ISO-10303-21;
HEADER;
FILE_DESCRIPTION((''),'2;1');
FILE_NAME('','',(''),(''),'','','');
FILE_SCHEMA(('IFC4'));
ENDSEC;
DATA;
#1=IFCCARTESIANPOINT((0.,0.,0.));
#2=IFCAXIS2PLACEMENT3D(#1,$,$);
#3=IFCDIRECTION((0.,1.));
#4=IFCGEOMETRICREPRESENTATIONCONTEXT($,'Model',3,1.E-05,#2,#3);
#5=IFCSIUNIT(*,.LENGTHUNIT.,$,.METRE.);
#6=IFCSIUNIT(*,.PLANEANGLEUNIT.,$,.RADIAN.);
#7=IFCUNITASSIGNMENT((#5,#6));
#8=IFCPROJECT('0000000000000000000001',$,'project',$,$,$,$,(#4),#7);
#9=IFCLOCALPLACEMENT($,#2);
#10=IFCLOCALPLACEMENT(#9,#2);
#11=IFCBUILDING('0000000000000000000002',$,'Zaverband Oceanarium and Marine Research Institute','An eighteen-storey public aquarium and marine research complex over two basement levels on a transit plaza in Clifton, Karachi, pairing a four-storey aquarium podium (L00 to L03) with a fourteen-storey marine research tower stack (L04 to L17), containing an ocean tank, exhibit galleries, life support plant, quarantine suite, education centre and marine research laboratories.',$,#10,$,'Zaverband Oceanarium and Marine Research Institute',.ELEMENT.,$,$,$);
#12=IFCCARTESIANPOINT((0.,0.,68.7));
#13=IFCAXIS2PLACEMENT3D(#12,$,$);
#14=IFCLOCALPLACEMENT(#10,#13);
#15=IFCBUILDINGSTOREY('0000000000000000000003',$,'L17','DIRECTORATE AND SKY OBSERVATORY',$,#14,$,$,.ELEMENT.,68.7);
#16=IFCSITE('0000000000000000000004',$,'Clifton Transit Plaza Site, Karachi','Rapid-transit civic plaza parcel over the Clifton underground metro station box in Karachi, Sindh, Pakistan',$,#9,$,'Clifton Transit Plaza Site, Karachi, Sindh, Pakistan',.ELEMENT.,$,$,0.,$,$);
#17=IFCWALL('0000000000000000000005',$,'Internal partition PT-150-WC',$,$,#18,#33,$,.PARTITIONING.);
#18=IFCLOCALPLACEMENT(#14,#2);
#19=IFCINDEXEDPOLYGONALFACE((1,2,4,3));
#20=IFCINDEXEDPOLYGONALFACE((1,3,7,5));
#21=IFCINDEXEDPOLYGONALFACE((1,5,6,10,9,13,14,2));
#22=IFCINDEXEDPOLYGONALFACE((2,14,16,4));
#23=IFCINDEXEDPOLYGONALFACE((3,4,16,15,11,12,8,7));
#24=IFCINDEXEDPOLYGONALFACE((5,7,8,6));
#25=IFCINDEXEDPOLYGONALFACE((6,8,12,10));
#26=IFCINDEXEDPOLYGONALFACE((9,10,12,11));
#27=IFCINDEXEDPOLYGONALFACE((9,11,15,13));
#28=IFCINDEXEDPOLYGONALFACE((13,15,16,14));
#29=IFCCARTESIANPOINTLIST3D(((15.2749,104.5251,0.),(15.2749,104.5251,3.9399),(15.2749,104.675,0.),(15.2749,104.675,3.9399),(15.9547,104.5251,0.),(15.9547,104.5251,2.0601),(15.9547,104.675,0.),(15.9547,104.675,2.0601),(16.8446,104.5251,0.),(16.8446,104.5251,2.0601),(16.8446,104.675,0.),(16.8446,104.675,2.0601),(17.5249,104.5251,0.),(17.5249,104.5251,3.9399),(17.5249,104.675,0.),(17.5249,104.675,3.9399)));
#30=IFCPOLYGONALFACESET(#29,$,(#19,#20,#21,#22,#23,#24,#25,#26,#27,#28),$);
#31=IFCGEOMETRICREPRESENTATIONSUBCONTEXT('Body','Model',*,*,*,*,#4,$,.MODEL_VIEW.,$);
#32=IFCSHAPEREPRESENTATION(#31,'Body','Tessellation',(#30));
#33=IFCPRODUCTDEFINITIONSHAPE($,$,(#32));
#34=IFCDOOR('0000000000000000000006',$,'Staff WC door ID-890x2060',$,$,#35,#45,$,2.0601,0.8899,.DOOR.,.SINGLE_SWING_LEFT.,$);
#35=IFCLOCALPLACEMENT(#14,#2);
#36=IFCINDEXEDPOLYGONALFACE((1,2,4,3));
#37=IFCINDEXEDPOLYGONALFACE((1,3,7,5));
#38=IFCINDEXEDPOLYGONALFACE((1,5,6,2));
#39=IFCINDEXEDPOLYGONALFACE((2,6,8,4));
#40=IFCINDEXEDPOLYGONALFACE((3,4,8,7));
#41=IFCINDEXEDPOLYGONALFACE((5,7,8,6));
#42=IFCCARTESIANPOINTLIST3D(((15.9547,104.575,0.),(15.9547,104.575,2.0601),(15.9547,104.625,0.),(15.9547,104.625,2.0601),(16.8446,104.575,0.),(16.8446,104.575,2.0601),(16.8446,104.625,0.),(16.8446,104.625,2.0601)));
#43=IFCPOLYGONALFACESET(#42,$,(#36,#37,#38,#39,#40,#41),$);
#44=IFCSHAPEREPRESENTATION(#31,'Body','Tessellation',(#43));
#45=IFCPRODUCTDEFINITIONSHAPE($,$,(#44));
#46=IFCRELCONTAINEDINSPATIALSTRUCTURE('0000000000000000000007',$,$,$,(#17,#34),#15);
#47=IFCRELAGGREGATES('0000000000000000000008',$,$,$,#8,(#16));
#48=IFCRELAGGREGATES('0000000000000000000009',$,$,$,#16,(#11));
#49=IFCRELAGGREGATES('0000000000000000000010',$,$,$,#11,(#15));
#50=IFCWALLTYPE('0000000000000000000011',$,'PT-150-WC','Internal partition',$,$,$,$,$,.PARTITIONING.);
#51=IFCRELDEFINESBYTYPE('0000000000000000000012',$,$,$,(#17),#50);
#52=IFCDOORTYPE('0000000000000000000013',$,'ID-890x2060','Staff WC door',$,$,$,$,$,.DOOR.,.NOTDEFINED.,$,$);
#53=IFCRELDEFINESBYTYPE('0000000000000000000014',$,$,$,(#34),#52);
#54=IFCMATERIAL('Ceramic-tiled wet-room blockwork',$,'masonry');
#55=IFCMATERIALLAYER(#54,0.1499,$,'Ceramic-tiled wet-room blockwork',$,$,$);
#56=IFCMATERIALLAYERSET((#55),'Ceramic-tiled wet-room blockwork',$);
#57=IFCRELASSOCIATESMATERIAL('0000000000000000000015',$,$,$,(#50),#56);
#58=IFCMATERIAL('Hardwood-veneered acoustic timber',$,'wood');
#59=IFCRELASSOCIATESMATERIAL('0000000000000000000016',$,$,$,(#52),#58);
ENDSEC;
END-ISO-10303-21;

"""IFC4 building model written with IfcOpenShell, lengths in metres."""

from ifc_helpers import new_model, si_unit, direction, frame, frame_2d, origin, place, context, subcontext, project, spatial, rectangle, extrude, material, layer, layer_set, type_object, element, fill, save


model = new_model("IFC4")

# Units and contexts
model_context = context("Model", 3, precision=1e-05, world=origin(), true_north=direction((0.0, 1.0)))
body_context = subcontext(model_context, "Body", "Model", "MODEL_VIEW")
ifc_project = project(units=[si_unit("LENGTHUNIT", "METRE"), si_unit("PLANEANGLEUNIT", "RADIAN")], contexts=[model_context])

# Site, building, storey
site_placement = place(None, origin())
site = spatial("IfcSite", under=ifc_project, at=site_placement, Name="Clifton Transit Plaza Site, Karachi", Description="Rapid-transit civic plaza parcel over the Clifton underground metro station box in Karachi, Sindh, Pakistan", LongName="Clifton Transit Plaza Site, Karachi, Sindh, Pakistan", CompositionType="ELEMENT", RefElevation=0.0)
building_placement = place(site_placement, origin())
building = spatial("IfcBuilding", under=site, at=building_placement, Name="Zaverband Oceanarium and Marine Research Institute", Description="An eighteen-storey public aquarium and marine research complex over two basement levels on a transit plaza in Clifton, Karachi, pairing a four-storey aquarium podium (L00 to L03) with a fourteen-storey marine research tower stack (L04 to L17), containing an ocean tank, exhibit galleries, life support plant, quarantine suite, education centre and marine research laboratories.", LongName="Zaverband Oceanarium and Marine Research Institute", CompositionType="ELEMENT")
storey_placement = place(building_placement, frame((0.0, 0.0, 68.7)))
storey = spatial("IfcBuildingStorey", under=building, at=storey_placement, Name="L17", Description="DIRECTORATE AND SKY OBSERVATORY", CompositionType="ELEMENT", Elevation=68.7)

# Shared definitions
ifc_material_1 = material(Name="Ceramic-tiled wet-room blockwork", Category="masonry")
ifc_layer_1 = layer(ifc_material_1, 0.1499, Name="Ceramic-tiled wet-room blockwork")
ifc_layer_set_1 = layer_set([ifc_layer_1], Name="Ceramic-tiled wet-room blockwork")
wall_type_1 = type_object("IfcWallType", Name="PT-150-WC", Description="Internal partition", PredefinedType="PARTITIONING", material=ifc_layer_set_1)
ifc_material_2 = material(Name="Hardwood-veneered acoustic timber", Category="wood")

# Wall, opening, door
wall_1_placement = place(storey_placement, frame((15.2749, 104.6001, 0.0), z_axis=(0.0, 0.0, 1.0), x_axis=(1.0, 0.0, 0.0)))
wall_1 = element("IfcWall", 1, at=wall_1_placement, inside=storey, type_object=wall_type_1, Name="Internal partition PT-150-WC", PredefinedType="PARTITIONING", context=body_context, shape_type="SweptSolid", body=[
    extrude(rectangle(XDim=2.25, YDim=0.1499, at=frame_2d((1.125, 0.0))), origin(), (0.0, 0.0, 1.0), 3.9399),
])
opening_1_placement = place(wall_1_placement, frame((0.6799, 0.0, 0.0)))
opening_1 = element("IfcOpeningElement", 2, at=opening_1_placement, cuts=wall_1, PredefinedType="OPENING", context=body_context, shape_type="SweptSolid", body=[
    extrude(rectangle(XDim=0.8899, YDim=2.0601, at=frame_2d((0.4448, 1.03))), frame((0.0, 0.0869, 0.0), z_axis=(0.0, -1.0, 0.0), x_axis=(1.0, 0.0, 0.0)), (0.0, 0.0, 1.0), 0.1738),
])
door_type_1 = type_object("IfcDoorType", Name="ID-890x2060", Description="Staff WC door", OperationType="NOTDEFINED", PredefinedType="DOOR", material=ifc_material_2)
door_1_placement = place(opening_1_placement, origin())
door_1 = element("IfcDoor", 3, at=door_1_placement, inside=storey, type_object=door_type_1, Name="Staff WC door ID-890x2060", OperationType="SINGLE_SWING_LEFT", OverallHeight=2.0601, OverallWidth=0.8899, PredefinedType="DOOR", context=body_context, shape_type="SweptSolid", body=[
    extrude(rectangle(XDim=0.8899, YDim=2.0601, at=frame_2d((0.4448, 1.03))), frame((0.0, 0.0249, 0.0), z_axis=(0.0, -1.0, 0.0), x_axis=(1.0, 0.0, 0.0)), (0.0, 0.0, 1.0), 0.05),
])
fill(opening_1, door_1)

save(model, "model.ifc")
